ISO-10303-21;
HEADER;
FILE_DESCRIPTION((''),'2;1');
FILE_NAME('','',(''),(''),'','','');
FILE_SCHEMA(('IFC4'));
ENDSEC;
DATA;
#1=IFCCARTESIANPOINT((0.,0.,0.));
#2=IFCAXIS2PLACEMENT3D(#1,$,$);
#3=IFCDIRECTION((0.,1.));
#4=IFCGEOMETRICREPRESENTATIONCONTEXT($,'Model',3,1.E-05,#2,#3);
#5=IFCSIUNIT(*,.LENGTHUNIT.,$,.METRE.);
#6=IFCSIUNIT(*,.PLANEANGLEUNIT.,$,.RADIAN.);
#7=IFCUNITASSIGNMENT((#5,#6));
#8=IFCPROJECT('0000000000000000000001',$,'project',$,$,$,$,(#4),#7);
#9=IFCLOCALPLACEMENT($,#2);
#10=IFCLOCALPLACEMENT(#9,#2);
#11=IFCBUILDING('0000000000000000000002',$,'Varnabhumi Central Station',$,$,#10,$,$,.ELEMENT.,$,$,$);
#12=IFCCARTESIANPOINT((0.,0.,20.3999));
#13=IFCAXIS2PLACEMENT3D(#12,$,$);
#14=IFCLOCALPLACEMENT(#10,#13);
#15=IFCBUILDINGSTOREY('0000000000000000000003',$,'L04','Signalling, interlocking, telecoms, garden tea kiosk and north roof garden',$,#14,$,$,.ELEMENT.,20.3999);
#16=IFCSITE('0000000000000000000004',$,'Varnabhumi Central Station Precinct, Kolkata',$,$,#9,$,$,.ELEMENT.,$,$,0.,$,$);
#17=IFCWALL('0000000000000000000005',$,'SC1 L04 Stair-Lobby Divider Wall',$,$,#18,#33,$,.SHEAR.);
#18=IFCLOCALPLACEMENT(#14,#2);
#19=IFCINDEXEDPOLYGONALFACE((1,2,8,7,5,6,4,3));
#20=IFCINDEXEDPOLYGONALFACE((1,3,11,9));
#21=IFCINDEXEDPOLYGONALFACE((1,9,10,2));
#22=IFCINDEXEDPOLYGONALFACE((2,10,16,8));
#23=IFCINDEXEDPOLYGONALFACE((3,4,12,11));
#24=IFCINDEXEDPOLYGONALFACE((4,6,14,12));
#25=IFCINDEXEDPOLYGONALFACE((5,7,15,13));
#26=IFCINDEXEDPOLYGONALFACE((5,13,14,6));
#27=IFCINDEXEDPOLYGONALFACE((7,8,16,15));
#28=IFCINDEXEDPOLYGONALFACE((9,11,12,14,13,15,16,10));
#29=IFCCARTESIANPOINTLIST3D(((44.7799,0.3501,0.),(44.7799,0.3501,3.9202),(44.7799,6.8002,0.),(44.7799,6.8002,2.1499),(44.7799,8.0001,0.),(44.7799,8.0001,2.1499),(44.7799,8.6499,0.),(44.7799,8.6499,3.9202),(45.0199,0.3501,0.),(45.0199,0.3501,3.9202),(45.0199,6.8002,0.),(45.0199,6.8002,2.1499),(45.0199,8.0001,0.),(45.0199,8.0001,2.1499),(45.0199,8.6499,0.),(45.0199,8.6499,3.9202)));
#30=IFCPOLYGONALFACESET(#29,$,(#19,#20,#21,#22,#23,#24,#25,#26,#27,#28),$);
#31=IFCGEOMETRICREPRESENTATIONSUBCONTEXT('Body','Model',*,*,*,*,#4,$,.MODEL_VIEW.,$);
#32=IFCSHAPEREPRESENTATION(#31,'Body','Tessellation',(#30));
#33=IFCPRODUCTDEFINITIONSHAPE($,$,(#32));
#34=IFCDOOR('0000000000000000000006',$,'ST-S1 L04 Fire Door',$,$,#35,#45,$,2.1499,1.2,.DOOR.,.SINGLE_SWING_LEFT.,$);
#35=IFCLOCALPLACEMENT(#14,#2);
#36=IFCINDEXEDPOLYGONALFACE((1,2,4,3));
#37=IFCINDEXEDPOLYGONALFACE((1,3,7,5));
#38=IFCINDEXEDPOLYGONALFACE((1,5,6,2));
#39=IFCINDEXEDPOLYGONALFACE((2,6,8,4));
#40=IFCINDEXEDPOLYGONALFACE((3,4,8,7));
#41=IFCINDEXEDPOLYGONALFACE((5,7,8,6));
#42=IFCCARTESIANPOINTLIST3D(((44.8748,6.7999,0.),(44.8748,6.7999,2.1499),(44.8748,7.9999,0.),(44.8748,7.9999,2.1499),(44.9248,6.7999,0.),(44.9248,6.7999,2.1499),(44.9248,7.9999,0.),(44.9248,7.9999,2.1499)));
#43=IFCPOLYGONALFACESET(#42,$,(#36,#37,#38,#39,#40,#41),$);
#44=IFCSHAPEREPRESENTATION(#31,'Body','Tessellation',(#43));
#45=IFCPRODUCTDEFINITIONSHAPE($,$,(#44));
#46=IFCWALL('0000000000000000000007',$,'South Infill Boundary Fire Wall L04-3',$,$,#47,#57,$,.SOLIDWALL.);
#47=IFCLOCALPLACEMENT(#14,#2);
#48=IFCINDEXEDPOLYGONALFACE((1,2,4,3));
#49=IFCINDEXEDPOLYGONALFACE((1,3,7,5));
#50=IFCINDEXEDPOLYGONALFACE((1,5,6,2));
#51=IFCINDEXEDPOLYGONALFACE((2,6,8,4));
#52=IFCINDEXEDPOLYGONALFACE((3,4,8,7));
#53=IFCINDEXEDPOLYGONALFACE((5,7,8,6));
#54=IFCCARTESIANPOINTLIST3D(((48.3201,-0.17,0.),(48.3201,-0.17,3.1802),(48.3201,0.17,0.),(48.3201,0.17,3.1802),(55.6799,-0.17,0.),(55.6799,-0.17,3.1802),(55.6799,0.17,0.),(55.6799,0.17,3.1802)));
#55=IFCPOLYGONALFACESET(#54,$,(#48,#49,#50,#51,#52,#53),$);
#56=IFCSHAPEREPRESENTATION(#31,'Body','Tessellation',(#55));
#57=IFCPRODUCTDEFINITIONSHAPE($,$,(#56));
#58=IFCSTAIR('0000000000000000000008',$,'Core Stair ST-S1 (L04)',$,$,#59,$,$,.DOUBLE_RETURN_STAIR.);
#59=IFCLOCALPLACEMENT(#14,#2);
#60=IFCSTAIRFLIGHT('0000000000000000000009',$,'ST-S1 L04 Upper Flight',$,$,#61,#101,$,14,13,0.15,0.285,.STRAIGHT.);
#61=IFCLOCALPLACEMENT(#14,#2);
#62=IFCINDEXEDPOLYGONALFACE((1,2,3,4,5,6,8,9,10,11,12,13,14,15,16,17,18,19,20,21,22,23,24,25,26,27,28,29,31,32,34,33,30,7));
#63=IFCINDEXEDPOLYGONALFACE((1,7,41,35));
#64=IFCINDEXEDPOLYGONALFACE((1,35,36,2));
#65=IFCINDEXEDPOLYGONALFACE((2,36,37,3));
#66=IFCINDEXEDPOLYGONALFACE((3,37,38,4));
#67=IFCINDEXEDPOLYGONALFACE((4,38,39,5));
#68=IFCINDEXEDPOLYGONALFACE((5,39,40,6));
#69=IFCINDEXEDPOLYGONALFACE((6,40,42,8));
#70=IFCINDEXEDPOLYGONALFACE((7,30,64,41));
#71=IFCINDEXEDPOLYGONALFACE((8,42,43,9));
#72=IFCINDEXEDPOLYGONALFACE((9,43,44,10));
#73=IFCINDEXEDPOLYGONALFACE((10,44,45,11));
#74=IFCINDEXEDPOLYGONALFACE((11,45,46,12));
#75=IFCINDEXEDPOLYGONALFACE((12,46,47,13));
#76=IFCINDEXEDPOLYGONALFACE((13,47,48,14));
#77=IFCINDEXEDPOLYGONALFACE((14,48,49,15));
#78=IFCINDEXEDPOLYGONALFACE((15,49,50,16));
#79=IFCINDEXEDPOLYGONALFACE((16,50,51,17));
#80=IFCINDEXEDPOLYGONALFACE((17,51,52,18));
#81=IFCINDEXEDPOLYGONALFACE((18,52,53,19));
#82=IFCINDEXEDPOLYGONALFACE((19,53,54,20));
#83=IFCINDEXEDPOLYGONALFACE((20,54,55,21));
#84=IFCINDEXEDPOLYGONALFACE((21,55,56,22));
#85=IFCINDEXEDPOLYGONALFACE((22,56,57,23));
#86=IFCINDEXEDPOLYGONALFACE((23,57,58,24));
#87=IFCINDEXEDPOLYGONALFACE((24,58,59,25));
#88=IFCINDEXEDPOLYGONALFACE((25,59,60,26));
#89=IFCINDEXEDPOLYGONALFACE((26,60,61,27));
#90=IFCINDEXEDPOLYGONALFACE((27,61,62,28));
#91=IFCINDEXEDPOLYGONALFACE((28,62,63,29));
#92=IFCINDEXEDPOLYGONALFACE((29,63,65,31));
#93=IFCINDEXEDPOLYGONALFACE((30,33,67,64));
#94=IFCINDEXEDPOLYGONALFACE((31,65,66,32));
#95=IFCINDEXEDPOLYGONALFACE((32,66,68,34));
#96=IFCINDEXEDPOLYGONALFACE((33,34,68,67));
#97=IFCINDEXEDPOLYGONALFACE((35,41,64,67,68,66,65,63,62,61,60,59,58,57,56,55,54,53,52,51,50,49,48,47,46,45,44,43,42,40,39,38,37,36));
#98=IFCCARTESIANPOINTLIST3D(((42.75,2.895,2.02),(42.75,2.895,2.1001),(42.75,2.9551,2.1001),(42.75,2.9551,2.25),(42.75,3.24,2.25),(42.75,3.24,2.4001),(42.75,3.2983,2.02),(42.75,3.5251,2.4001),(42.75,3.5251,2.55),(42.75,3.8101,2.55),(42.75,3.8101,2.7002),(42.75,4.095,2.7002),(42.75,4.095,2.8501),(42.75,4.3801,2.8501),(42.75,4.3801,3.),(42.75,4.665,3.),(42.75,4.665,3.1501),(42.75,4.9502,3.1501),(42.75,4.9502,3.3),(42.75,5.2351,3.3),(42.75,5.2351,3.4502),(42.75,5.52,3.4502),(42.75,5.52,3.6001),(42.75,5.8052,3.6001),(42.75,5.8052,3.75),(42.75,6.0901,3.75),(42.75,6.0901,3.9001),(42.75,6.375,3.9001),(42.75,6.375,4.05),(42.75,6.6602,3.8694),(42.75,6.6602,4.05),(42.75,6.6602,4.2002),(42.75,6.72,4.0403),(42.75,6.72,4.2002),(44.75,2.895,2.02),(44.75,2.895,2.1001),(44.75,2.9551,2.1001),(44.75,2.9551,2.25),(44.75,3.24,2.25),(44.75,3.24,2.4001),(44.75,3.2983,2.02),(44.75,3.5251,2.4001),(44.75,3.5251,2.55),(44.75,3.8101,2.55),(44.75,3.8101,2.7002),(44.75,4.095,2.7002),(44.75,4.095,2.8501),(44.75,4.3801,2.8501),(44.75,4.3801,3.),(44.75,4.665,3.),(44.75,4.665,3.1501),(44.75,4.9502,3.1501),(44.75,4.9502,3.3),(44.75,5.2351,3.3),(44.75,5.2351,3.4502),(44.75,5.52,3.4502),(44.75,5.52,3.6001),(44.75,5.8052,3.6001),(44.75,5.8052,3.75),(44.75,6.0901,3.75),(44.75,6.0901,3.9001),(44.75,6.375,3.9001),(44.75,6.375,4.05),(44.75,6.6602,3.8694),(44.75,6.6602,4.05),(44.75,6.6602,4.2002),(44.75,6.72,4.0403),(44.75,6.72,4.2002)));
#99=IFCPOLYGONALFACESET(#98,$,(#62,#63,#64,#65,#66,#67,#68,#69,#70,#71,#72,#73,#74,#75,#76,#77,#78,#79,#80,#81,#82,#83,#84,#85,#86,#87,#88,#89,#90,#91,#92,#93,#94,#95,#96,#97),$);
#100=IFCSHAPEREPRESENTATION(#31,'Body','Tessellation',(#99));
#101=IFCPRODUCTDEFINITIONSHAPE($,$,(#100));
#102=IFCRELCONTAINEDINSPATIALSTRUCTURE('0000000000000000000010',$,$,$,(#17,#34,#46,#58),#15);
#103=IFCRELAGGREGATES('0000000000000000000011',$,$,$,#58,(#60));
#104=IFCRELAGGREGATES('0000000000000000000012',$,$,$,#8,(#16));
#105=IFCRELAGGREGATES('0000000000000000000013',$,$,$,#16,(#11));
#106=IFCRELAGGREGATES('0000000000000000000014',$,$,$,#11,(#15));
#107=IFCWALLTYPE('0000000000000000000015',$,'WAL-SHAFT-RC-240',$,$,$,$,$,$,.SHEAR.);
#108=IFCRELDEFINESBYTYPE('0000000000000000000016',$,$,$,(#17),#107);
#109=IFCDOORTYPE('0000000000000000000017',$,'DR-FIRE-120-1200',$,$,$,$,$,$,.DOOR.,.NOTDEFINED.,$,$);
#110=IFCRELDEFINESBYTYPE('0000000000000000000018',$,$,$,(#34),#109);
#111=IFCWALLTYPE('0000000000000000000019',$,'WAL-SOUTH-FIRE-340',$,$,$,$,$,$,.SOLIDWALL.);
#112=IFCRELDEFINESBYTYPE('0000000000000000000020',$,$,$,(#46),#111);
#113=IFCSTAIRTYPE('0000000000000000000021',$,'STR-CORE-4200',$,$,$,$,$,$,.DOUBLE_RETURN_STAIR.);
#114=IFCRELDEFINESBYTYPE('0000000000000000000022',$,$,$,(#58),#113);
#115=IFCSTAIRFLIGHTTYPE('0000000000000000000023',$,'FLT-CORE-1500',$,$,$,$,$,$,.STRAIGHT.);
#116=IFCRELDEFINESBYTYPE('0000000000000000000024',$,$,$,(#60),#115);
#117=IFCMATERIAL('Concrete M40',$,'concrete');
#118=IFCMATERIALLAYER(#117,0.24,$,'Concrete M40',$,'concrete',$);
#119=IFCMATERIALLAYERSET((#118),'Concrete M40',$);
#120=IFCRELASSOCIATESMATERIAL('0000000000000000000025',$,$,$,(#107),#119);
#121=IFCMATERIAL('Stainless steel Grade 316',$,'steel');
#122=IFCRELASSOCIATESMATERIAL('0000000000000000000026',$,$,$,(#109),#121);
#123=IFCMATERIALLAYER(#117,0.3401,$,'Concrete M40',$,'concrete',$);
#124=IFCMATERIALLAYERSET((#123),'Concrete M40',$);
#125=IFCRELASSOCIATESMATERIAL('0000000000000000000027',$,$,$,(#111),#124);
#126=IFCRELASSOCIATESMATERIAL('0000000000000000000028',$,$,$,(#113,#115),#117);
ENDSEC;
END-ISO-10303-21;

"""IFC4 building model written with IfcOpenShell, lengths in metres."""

from ifc_helpers import new_model, si_unit, direction, frame, frame_2d, origin, place, context, subcontext, project, spatial, polyline, rectangle, outline, extrude, material, layer, layer_set, type_object, element, fill, aggregate, save


model = new_model("IFC4")

# Units and contexts
model_context = context("Model", 3, precision=1e-05, world=origin(), true_north=direction((0.0, 1.0)))
body_context = subcontext(model_context, "Body", "Model", "MODEL_VIEW")
ifc_project = project(units=[si_unit("LENGTHUNIT", "METRE"), si_unit("PLANEANGLEUNIT", "RADIAN")], contexts=[model_context])

# Site, building, storey
site_placement = place(None, origin())
site = spatial("IfcSite", under=ifc_project, at=site_placement, Name="Varnabhumi Central Station Precinct, Kolkata", CompositionType="ELEMENT", RefElevation=0.0)
building_placement = place(site_placement, origin())
building = spatial("IfcBuilding", under=site, at=building_placement, Name="Varnabhumi Central Station", CompositionType="ELEMENT")
storey_placement = place(building_placement, frame((0.0, 0.0, 20.3999)))
storey = spatial("IfcBuildingStorey", under=building, at=storey_placement, Name="L04", Description="Signalling, interlocking, telecoms, garden tea kiosk and north roof garden", CompositionType="ELEMENT", Elevation=20.3999)

# Shared definitions
ifc_material_1 = material(Name="Concrete M40", Category="concrete")

# Shared definitions
ifc_material_2 = material(Name="Stainless steel Grade 316", Category="steel")

# Wall, opening, door
ifc_layer_1 = layer(ifc_material_1, 0.24, Name="Concrete M40", Category="concrete")
ifc_layer_set_1 = layer_set([ifc_layer_1], Name="Concrete M40")
wall_type_1 = type_object("IfcWallType", Name="WAL-SHAFT-RC-240", PredefinedType="SHEAR", material=ifc_layer_set_1)
wall_1_placement = place(storey_placement, frame((44.8999, 0.3501, 0.0), z_axis=(0.0, 0.0, 1.0), x_axis=(0.0, 1.0, 0.0)))
wall_1 = element("IfcWall", 1, at=wall_1_placement, inside=storey, type_object=wall_type_1, Name="SC1 L04 Stair-Lobby Divider Wall", PredefinedType="SHEAR", context=body_context, shape_type="SweptSolid", body=[
    extrude(rectangle(XDim=8.2998, YDim=0.24, at=frame_2d((4.1499, 0.0))), origin(), (0.0, 0.0, 1.0), 3.9202),
])
opening_1_placement = place(wall_1_placement, frame((6.45, 0.0, 0.0)))
opening_1 = element("IfcOpeningElement", 2, at=opening_1_placement, cuts=wall_1, PredefinedType="OPENING", context=body_context, shape_type="SweptSolid", body=[
    extrude(rectangle(XDim=1.2, YDim=2.1499, at=frame_2d((0.6001, 1.075))), frame((0.0, 0.1299, 0.0), z_axis=(0.0, -1.0, 0.0), x_axis=(1.0, 0.0, 0.0)), (0.0, 0.0, 1.0), 0.26),
])
door_type_1 = type_object("IfcDoorType", Name="DR-FIRE-120-1200", OperationType="NOTDEFINED", PredefinedType="DOOR", material=ifc_material_2)
door_1_placement = place(opening_1_placement, frame((1.2, 0.0, 0.0), z_axis=(0.0, 0.0, 1.0), x_axis=(-1.0, 0.0, 0.0)))
door_1 = element("IfcDoor", 3, at=door_1_placement, inside=storey, type_object=door_type_1, Name="ST-S1 L04 Fire Door", OperationType="SINGLE_SWING_LEFT", OverallHeight=2.1499, OverallWidth=1.2, PredefinedType="DOOR", context=body_context, shape_type="SweptSolid", body=[
    extrude(rectangle(XDim=1.2, YDim=2.1499, at=frame_2d((0.6001, 1.075))), frame((0.0, 0.0249, 0.0), z_axis=(0.0, -1.0, 0.0), x_axis=(1.0, 0.0, 0.0)), (0.0, 0.0, 1.0), 0.05),
])
fill(opening_1, door_1)

# Wall
ifc_layer_2 = layer(ifc_material_1, 0.3401, Name="Concrete M40", Category="concrete")
ifc_layer_set_2 = layer_set([ifc_layer_2], Name="Concrete M40")
wall_type_2 = type_object("IfcWallType", Name="WAL-SOUTH-FIRE-340", PredefinedType="SOLIDWALL", material=ifc_layer_set_2)
wall_2_placement = place(storey_placement, frame((48.3201, 0.0, 0.0), z_axis=(0.0, 0.0, 1.0), x_axis=(1.0, 0.0, 0.0)))
element("IfcWall", 4, at=wall_2_placement, inside=storey, type_object=wall_type_2, Name="South Infill Boundary Fire Wall L04-3", PredefinedType="SOLIDWALL", context=body_context, shape_type="SweptSolid", body=[
    extrude(rectangle(XDim=7.3599, YDim=0.3401, at=frame_2d((3.6799, 0.0))), origin(), (0.0, 0.0, 1.0), 3.1802),
])

# Stair, stair flight
stair_type = type_object("IfcStairType", Name="STR-CORE-4200", PredefinedType="DOUBLE_RETURN_STAIR", material=ifc_material_1)
stair_placement = place(storey_placement, origin())
stair = element("IfcStair", 5, at=stair_placement, inside=storey, type_object=stair_type, Name="Core Stair ST-S1 (L04)", PredefinedType="DOUBLE_RETURN_STAIR")
stair_flight_type = type_object("IfcStairFlightType", Name="FLT-CORE-1500", PredefinedType="STRAIGHT", material=ifc_material_1)
stair_flight_placement = place(storey_placement, frame((43.75, 2.9551, 2.1001), z_axis=(0.0, 0.0, 1.0), x_axis=(0.0, 1.0, 0.0)))
stair_flight = element("IfcStairFlight", 6, at=stair_flight_placement, type_object=stair_flight_type, Name="ST-S1 L04 Upper Flight", NumberOfRisers=14, NumberOfTreads=13, PredefinedType="STRAIGHT", RiserHeight=0.15, TreadLength=0.285, context=body_context, shape_type="SweptSolid", body=[
    extrude(outline(polyline([(-0.0601, -0.0801), (-0.0601, 0.0), (0.0, 0.0), (0.0, 0.1499), (0.2849, 0.1499), (0.2849, 0.3), (0.5701, 0.3), (0.5701, 0.45), (0.855, 0.45), (0.855, 0.6001), (1.1399, 0.6001), (1.1399, 0.75), (1.425, 0.75), (1.425, 0.8999), (1.71, 0.8999), (1.71, 1.05), (1.9951, 1.05), (1.9951, 1.2), (2.28, 1.2), (2.28, 1.3501), (2.5649, 1.3501), (2.5649, 1.5), (2.8501, 1.5), (2.8501, 1.6499), (3.135, 1.6499), (3.135, 1.8), (3.4199, 1.8), (3.4199, 1.95), (3.7051, 1.95), (3.7051, 2.1001), (3.7649, 2.1001), (3.7649, 1.9402), (3.7051, 1.7693), (0.3433, -0.0801), (-0.0601, -0.0801)])), frame((0.0, 1.0, 0.0), z_axis=(0.0, -1.0, 0.0), x_axis=(1.0, 0.0, 0.0)), (0.0, 0.0, 1.0), 2.0),
])
aggregate(stair, [stair_flight])

save(model, "model.ifc")
